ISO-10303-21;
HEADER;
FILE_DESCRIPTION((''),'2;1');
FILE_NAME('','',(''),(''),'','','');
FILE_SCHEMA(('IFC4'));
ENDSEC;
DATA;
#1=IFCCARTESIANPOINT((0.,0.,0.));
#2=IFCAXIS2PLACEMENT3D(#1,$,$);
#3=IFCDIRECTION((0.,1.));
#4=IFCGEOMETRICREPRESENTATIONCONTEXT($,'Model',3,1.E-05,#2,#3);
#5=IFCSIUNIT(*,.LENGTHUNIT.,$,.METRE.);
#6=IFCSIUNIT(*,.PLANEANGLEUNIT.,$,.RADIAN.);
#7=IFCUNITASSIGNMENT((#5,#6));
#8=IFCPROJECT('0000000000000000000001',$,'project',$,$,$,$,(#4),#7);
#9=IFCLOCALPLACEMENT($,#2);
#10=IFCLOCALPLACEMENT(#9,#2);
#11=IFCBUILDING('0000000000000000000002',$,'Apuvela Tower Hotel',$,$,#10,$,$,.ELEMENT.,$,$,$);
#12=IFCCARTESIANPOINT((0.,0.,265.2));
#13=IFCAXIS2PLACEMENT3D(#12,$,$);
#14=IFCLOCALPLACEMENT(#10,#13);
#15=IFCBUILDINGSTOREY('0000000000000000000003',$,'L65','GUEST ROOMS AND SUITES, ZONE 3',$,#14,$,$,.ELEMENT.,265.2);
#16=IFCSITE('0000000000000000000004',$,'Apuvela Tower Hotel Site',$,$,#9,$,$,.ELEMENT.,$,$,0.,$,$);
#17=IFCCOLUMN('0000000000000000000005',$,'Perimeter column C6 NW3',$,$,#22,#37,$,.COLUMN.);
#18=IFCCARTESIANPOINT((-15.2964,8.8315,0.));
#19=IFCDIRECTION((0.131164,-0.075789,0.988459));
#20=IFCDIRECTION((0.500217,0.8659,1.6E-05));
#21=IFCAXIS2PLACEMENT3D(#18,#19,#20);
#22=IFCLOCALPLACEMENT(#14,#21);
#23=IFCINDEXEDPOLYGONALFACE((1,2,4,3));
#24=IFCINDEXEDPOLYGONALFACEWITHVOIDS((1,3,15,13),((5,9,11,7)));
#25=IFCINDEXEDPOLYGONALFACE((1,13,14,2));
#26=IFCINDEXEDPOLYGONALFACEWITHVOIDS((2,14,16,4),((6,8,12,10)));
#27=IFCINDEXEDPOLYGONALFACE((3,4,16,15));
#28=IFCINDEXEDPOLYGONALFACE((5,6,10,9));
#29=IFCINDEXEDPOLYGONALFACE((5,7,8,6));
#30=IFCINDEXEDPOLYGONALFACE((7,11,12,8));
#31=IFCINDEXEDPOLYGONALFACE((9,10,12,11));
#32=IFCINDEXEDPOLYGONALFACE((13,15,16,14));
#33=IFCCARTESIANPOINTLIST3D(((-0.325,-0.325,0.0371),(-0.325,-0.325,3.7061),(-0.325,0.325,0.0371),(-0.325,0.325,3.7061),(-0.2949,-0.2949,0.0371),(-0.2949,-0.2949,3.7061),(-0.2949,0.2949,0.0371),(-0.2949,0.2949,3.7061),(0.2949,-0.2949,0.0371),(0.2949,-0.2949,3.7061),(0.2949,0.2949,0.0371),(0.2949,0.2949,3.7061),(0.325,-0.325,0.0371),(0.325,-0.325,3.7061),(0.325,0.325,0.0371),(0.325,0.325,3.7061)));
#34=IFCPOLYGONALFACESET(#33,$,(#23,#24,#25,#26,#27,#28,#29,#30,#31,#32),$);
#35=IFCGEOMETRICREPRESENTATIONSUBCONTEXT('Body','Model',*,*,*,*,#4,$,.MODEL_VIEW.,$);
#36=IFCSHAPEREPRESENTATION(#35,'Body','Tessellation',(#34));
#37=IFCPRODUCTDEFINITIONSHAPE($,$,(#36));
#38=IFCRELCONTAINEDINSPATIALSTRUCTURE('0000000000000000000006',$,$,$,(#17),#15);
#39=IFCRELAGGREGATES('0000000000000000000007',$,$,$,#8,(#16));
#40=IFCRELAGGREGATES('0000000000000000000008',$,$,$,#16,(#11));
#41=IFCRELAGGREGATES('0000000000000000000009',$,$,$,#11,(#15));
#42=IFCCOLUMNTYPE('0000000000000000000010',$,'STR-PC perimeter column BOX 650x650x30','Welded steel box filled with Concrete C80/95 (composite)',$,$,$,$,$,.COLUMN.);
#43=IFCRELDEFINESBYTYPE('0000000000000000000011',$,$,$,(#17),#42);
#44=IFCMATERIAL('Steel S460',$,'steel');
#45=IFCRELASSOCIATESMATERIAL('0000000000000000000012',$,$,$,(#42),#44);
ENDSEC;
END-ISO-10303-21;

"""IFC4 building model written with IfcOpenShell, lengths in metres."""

from ifc_helpers import new_model, si_unit, direction, frame, origin, origin_2d, place, context, subcontext, project, spatial, rectangle, hollow_rectangle, extrude, boolean, halfspace, material, material_profile, profile_set, type_object, element, save


model = new_model("IFC4")

# Units and contexts
model_context = context("Model", 3, precision=1e-05, world=origin(), true_north=direction((0.0, 1.0)))
body_context = subcontext(model_context, "Body", "Model", "MODEL_VIEW")
ifc_project = project(units=[si_unit("LENGTHUNIT", "METRE"), si_unit("PLANEANGLEUNIT", "RADIAN")], contexts=[model_context])

# Site, building, storey
site_placement = place(None, origin())
site = spatial("IfcSite", under=ifc_project, at=site_placement, Name="Apuvela Tower Hotel Site", CompositionType="ELEMENT", RefElevation=0.0)
building_placement = place(site_placement, origin())
building = spatial("IfcBuilding", under=site, at=building_placement, Name="Apuvela Tower Hotel", CompositionType="ELEMENT")
storey_placement = place(building_placement, frame((0.0, 0.0, 265.2)))
storey = spatial("IfcBuildingStorey", under=building, at=storey_placement, Name="L65", Description="GUEST ROOMS AND SUITES, ZONE 3", CompositionType="ELEMENT", Elevation=265.2)

# Column
ifc_material_1 = material(Name="Steel S460", Category="steel")
ifc_material_profile_1 = material_profile(ifc_material_1, hollow_rectangle(XDim=0.6499, YDim=0.6499, WallThickness=0.03, at=origin_2d()), Name="BOX 650x650x30")
ifc_material_2 = material(Name="Concrete C80/95", Category="concrete")
ifc_material_profile_2 = material_profile(ifc_material_2, rectangle(XDim=0.5901, YDim=0.5901, at=origin_2d()), Name="Concrete C80/95 infill")
ifc_profile_set_1 = profile_set([ifc_material_profile_1, ifc_material_profile_2], Name="Steel S460")
column_type = type_object("IfcColumnType", Name="STR-PC perimeter column BOX 650x650x30", Description="Welded steel box filled with Concrete C80/95 (composite)", PredefinedType="COLUMN", material=ifc_profile_set_1)
column_1_placement = place(storey_placement, frame((-15.2964, 8.8315, 0.0), z_axis=(0.131164, -0.075789, 0.988459), x_axis=(0.500217, 0.8659, 0.000016)))
element("IfcColumn", 1, at=column_1_placement, inside=storey, type_object=column_type, Name="Perimeter column C6 NW3", PredefinedType="COLUMN", context=body_context, shape_type="SweptSolid", body=[
    boolean("DIFFERENCE", boolean("DIFFERENCE", extrude(hollow_rectangle(XDim=0.6499, YDim=0.6499, WallThickness=0.03, at=origin_2d()), origin(), (0.0, 0.0, 1.0), 3.7432), halfspace(frame((0.0, 0.0, 0.0371), z_axis=(0.0, 0.0, 1.0), x_axis=(1.0, 0.0, 0.0)), True)), halfspace(frame((0.0, 0.0, 3.7061), z_axis=(0.0, 0.0, 1.0), x_axis=(1.0, 0.0, 0.0)), False)),
])

save(model, "model.ifc")
